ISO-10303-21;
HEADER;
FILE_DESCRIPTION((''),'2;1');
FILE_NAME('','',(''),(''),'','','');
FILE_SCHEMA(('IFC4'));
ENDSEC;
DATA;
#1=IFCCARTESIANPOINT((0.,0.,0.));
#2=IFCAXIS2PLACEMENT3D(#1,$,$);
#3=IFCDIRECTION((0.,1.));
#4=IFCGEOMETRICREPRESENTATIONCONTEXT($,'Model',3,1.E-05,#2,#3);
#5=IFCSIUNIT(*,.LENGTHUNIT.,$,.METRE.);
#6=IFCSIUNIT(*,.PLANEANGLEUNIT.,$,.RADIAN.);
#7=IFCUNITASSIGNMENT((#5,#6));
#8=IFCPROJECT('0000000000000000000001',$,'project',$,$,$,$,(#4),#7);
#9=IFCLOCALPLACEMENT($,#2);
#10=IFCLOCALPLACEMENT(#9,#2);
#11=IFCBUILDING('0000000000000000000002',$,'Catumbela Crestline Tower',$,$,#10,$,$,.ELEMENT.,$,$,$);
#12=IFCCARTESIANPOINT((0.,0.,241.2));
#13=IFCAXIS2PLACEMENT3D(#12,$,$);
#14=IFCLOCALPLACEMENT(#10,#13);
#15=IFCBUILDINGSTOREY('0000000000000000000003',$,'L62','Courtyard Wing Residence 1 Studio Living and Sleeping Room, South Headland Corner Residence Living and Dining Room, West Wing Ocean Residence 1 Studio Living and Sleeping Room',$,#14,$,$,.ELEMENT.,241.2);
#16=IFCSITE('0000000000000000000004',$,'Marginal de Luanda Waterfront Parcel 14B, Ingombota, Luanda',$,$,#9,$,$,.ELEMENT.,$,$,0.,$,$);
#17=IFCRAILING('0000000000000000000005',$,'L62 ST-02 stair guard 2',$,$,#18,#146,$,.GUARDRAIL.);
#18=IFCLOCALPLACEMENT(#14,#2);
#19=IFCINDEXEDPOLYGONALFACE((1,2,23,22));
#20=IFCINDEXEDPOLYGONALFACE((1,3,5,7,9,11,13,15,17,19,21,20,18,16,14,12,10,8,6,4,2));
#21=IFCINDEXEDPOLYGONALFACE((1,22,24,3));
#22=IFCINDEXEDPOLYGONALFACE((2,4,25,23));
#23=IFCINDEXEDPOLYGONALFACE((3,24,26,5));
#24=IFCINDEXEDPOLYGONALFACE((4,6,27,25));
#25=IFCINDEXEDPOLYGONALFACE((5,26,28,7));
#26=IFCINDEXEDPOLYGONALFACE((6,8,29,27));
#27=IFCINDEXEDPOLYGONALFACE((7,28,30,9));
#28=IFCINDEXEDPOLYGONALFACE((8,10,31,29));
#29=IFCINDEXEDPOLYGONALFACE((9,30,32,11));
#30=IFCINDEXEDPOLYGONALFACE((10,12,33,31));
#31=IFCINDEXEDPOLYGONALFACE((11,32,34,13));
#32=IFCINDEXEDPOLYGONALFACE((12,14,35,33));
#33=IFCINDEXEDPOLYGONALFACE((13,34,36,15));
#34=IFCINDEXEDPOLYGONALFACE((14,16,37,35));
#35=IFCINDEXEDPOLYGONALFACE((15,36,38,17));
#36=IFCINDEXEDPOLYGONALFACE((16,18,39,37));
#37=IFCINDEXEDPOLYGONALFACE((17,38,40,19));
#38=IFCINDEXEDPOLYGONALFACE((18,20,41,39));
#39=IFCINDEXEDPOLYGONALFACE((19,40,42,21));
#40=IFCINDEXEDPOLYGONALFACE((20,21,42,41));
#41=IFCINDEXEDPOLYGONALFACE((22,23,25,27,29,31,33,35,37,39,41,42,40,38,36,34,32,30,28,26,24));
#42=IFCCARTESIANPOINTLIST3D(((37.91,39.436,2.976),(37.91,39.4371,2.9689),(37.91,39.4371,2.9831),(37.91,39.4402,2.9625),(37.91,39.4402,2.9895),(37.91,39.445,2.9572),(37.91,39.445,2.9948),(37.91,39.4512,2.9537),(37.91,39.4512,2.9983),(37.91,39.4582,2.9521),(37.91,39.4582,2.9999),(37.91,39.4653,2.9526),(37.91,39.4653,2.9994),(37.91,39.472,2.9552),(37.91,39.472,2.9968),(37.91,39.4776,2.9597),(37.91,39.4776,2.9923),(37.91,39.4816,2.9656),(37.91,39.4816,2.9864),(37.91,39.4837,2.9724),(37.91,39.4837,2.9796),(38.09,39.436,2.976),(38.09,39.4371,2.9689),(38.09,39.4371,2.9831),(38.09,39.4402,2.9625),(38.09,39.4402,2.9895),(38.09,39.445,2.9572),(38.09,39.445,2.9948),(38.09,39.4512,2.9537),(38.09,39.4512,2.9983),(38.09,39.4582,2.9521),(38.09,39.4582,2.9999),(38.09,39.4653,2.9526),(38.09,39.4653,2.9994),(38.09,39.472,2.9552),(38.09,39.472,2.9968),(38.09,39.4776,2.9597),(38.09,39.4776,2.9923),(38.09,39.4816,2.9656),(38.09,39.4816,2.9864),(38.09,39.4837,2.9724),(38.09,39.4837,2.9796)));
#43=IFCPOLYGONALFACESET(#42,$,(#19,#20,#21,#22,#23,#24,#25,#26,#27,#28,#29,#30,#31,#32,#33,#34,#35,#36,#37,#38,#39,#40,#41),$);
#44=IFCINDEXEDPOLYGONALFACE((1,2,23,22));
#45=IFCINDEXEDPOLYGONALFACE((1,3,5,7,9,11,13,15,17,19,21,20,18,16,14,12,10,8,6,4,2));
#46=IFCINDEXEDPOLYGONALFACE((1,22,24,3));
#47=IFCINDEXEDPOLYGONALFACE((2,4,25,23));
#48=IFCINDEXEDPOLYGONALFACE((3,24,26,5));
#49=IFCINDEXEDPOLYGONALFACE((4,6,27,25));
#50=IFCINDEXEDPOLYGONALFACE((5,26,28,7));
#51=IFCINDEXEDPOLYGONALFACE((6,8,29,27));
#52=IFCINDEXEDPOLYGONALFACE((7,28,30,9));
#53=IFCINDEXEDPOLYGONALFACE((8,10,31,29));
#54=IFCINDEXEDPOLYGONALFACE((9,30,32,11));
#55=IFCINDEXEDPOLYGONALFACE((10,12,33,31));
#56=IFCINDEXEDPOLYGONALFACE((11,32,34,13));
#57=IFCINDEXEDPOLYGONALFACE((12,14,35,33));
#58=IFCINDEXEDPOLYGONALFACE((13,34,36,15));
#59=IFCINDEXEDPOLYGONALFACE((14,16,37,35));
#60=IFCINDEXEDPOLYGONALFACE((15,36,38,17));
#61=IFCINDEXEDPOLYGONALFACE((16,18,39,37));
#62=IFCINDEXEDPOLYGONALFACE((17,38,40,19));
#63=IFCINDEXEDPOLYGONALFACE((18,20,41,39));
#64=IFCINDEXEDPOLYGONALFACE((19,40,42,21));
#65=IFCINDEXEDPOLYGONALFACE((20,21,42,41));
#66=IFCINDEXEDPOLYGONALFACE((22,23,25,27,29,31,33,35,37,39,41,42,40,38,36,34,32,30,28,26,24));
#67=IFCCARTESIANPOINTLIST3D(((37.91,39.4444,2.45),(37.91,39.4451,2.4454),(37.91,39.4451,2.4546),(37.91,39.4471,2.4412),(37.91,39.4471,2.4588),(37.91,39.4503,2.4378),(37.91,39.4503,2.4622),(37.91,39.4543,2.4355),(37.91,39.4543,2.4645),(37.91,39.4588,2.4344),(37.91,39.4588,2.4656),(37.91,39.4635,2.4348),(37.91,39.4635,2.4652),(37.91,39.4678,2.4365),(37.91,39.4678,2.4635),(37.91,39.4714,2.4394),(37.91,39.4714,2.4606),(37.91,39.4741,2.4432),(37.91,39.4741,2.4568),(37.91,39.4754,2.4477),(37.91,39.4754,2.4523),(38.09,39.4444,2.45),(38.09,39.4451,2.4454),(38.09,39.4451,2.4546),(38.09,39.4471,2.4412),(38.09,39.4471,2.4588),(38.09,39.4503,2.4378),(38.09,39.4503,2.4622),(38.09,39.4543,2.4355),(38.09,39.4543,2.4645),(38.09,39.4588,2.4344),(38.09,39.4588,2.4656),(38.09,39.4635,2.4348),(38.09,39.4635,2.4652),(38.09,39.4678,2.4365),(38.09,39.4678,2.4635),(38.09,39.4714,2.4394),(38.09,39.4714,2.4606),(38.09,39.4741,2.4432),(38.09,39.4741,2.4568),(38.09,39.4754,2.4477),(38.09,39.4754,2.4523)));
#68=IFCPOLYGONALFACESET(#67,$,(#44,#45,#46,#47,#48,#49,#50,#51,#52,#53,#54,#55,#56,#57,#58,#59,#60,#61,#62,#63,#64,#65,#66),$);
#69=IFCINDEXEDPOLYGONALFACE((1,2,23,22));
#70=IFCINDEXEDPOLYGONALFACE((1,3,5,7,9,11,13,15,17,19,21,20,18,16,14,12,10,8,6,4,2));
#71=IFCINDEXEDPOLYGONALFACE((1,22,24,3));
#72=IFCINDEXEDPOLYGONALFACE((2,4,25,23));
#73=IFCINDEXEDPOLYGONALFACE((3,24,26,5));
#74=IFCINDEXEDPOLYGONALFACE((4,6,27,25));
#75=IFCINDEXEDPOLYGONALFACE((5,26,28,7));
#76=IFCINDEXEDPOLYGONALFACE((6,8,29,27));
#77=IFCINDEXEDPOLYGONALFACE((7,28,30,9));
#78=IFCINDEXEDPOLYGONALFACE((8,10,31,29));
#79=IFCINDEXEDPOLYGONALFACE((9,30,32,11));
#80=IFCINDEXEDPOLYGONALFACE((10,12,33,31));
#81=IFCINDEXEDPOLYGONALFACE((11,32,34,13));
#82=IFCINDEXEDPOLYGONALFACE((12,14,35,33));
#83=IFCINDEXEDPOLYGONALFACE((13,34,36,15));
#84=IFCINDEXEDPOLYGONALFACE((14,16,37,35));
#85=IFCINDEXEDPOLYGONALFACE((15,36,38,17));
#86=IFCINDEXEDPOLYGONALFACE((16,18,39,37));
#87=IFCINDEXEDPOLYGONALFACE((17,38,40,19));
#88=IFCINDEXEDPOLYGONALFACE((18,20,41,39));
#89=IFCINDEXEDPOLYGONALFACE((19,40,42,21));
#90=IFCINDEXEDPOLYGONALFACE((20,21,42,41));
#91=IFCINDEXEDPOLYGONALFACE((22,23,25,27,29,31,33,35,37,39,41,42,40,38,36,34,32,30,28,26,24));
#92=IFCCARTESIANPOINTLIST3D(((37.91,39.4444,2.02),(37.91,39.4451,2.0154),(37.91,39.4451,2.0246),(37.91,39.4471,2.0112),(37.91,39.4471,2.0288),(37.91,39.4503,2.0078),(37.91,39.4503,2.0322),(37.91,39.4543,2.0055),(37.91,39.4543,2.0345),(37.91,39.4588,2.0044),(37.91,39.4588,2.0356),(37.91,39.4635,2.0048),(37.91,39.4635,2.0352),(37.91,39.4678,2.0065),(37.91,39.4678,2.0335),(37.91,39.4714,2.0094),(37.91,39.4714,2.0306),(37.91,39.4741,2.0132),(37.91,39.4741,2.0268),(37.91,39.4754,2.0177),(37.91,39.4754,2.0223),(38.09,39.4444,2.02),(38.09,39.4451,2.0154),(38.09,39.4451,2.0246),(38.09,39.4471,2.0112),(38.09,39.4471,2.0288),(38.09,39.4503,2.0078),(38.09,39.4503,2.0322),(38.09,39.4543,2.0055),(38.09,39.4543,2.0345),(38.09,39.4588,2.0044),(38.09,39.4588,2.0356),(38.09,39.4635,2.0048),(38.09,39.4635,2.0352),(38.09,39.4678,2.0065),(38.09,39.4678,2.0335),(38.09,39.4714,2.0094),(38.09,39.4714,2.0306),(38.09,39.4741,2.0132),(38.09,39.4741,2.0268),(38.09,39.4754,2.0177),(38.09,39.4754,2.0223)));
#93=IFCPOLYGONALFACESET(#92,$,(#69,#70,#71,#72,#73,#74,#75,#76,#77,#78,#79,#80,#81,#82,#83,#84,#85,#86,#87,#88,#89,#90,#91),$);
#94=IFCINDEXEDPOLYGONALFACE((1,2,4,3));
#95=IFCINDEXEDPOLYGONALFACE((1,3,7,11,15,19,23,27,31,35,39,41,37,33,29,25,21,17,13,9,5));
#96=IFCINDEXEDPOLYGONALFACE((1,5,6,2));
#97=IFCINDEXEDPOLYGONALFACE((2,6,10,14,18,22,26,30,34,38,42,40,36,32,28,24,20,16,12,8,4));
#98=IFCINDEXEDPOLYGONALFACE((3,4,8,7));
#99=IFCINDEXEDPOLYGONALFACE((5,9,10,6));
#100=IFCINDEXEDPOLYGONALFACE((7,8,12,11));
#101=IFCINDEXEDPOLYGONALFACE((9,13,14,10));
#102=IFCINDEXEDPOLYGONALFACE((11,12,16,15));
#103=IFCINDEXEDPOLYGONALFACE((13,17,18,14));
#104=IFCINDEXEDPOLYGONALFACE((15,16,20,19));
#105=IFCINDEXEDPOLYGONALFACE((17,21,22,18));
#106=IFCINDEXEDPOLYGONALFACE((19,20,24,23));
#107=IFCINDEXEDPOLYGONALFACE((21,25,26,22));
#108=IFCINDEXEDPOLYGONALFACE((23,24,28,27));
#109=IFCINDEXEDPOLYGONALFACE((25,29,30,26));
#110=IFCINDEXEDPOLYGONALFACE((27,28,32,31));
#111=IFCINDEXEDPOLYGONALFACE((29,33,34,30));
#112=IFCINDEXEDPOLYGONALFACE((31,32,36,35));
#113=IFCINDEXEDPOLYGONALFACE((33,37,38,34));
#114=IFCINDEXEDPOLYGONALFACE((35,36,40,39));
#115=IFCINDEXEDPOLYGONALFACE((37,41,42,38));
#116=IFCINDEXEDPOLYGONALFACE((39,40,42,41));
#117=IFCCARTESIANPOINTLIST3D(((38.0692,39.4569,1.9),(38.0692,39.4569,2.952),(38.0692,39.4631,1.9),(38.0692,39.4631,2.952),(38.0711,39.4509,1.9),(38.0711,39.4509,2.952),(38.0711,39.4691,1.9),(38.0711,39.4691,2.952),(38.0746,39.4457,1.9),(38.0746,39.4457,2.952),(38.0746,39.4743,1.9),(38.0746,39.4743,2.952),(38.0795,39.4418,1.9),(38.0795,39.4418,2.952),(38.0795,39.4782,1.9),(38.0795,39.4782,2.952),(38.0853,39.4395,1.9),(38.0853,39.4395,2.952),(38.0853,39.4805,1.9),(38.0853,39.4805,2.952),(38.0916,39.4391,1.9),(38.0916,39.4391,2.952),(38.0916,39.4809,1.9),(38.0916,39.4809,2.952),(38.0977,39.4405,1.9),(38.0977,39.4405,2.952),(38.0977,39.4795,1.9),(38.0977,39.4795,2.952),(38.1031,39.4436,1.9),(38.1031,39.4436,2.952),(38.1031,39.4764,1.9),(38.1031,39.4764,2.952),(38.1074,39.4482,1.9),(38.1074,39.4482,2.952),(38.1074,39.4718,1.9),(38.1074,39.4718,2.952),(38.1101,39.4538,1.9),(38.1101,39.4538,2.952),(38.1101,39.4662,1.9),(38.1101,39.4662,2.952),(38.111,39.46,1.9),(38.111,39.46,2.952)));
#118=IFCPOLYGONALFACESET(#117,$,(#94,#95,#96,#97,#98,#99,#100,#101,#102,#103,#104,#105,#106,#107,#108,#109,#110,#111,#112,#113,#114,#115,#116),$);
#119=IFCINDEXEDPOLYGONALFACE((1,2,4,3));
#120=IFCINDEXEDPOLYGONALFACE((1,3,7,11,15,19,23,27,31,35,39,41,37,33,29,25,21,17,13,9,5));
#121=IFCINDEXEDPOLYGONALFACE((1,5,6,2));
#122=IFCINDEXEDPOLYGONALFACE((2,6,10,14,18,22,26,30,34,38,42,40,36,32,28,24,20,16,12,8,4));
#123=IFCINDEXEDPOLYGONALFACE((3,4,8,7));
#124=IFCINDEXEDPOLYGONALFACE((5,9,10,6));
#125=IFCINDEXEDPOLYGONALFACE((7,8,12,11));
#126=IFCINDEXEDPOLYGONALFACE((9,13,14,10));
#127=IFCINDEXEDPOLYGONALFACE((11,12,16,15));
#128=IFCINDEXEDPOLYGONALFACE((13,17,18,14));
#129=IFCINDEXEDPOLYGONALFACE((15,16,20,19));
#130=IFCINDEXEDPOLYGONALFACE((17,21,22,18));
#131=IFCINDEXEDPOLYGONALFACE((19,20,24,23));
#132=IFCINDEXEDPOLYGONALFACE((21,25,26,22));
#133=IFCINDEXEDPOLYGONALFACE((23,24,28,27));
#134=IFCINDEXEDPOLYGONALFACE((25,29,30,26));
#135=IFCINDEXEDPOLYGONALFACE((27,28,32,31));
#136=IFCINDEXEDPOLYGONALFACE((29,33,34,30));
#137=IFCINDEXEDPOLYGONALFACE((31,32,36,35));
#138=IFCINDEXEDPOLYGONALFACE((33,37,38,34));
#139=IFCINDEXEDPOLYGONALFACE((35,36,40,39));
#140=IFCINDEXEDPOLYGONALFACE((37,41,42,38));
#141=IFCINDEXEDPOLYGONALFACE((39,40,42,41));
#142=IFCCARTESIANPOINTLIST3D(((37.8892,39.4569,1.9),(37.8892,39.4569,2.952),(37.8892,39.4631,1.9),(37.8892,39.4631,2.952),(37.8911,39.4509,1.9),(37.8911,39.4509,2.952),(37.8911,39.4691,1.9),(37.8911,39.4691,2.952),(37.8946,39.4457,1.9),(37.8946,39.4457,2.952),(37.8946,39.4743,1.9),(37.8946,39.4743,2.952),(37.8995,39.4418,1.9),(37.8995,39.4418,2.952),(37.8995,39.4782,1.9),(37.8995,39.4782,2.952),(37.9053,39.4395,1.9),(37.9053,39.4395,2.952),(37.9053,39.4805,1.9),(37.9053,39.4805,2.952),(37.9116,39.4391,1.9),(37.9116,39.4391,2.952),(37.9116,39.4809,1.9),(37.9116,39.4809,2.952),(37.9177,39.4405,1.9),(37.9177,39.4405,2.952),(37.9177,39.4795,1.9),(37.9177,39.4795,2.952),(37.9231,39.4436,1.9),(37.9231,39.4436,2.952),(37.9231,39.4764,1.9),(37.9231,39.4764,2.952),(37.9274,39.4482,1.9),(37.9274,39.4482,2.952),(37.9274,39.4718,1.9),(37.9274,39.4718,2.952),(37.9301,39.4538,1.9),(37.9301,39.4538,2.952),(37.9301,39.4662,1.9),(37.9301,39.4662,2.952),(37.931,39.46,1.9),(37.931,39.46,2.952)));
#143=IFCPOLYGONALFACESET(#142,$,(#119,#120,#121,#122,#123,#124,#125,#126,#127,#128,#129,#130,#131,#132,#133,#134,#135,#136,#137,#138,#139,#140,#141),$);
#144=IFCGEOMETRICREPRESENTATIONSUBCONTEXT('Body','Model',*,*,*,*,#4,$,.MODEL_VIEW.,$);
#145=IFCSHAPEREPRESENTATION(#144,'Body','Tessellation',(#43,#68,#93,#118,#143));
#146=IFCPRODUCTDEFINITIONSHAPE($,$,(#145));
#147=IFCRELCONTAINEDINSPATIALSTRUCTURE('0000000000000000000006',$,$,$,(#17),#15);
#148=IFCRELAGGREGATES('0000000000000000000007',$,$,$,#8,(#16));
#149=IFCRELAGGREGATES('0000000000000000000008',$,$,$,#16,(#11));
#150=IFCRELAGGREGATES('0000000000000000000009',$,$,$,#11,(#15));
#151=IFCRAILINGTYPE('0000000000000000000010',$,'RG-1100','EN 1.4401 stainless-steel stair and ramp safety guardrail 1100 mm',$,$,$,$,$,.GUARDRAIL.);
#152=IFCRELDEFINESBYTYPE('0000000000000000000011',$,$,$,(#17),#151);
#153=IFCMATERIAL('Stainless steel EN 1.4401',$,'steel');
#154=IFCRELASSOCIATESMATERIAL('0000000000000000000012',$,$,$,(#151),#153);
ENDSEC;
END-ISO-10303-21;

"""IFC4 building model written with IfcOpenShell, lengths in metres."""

from ifc_helpers import new_model, si_unit, direction, frame, origin, origin_2d, place, context, subcontext, project, spatial, circle, extrude, material, type_object, element, save


model = new_model("IFC4")

# Units and contexts
model_context = context("Model", 3, precision=1e-05, world=origin(), true_north=direction((0.0, 1.0)))
body_context = subcontext(model_context, "Body", "Model", "MODEL_VIEW")
ifc_project = project(units=[si_unit("LENGTHUNIT", "METRE"), si_unit("PLANEANGLEUNIT", "RADIAN")], contexts=[model_context])

# Site, building, storey
site_placement = place(None, origin())
site = spatial("IfcSite", under=ifc_project, at=site_placement, Name="Marginal de Luanda Waterfront Parcel 14B, Ingombota, Luanda", CompositionType="ELEMENT", RefElevation=0.0)
building_placement = place(site_placement, origin())
building = spatial("IfcBuilding", under=site, at=building_placement, Name="Catumbela Crestline Tower", CompositionType="ELEMENT")
storey_placement = place(building_placement, frame((0.0, 0.0, 241.2)))
storey = spatial("IfcBuildingStorey", under=building, at=storey_placement, Name="L62", Description="Courtyard Wing Residence 1 Studio Living and Sleeping Room, South Headland Corner Residence Living and Dining Room, West Wing Ocean Residence 1 Studio Living and Sleeping Room", CompositionType="ELEMENT", Elevation=241.2)

# Railing
ifc_material_1 = material(Name="Stainless steel EN 1.4401", Category="steel")
railing_type_1 = type_object("IfcRailingType", Name="RG-1100", Description="EN 1.4401 stainless-steel stair and ramp safety guardrail 1100 mm", PredefinedType="GUARDRAIL", material=ifc_material_1)
railing_1_placement = place(storey_placement, frame((38.09, 39.46, 1.9)))
element("IfcRailing", 1, at=railing_1_placement, inside=storey, type_object=railing_type_1, Name="L62 ST-02 stair guard 2", PredefinedType="GUARDRAIL", context=body_context, shape_type="SweptSolid", body=[
    extrude(circle(Radius=0.024, at=origin_2d()), frame((0.0, 0.0, 1.076), z_axis=(-1.0, 0.0, 0.0), x_axis=(0.0, -1.0, 0.0)), (0.0, 0.0, 1.0), 0.18),
    extrude(circle(Radius=0.0156, at=origin_2d()), frame((0.0, 0.0, 0.55), z_axis=(-1.0, 0.0, 0.0), x_axis=(0.0, -1.0, 0.0)), (0.0, 0.0, 1.0), 0.18),
    extrude(circle(Radius=0.0156, at=origin_2d()), frame((0.0, 0.0, 0.12), z_axis=(-1.0, 0.0, 0.0), x_axis=(0.0, -1.0, 0.0)), (0.0, 0.0, 1.0), 0.18),
    extrude(circle(Radius=0.021, at=origin_2d()), origin(), (0.0, 0.0, 1.0), 1.052),
    extrude(circle(Radius=0.021, at=origin_2d()), frame((-0.18, 0.0, 0.0)), (0.0, 0.0, 1.0), 1.052),
])

save(model, "model.ifc")
